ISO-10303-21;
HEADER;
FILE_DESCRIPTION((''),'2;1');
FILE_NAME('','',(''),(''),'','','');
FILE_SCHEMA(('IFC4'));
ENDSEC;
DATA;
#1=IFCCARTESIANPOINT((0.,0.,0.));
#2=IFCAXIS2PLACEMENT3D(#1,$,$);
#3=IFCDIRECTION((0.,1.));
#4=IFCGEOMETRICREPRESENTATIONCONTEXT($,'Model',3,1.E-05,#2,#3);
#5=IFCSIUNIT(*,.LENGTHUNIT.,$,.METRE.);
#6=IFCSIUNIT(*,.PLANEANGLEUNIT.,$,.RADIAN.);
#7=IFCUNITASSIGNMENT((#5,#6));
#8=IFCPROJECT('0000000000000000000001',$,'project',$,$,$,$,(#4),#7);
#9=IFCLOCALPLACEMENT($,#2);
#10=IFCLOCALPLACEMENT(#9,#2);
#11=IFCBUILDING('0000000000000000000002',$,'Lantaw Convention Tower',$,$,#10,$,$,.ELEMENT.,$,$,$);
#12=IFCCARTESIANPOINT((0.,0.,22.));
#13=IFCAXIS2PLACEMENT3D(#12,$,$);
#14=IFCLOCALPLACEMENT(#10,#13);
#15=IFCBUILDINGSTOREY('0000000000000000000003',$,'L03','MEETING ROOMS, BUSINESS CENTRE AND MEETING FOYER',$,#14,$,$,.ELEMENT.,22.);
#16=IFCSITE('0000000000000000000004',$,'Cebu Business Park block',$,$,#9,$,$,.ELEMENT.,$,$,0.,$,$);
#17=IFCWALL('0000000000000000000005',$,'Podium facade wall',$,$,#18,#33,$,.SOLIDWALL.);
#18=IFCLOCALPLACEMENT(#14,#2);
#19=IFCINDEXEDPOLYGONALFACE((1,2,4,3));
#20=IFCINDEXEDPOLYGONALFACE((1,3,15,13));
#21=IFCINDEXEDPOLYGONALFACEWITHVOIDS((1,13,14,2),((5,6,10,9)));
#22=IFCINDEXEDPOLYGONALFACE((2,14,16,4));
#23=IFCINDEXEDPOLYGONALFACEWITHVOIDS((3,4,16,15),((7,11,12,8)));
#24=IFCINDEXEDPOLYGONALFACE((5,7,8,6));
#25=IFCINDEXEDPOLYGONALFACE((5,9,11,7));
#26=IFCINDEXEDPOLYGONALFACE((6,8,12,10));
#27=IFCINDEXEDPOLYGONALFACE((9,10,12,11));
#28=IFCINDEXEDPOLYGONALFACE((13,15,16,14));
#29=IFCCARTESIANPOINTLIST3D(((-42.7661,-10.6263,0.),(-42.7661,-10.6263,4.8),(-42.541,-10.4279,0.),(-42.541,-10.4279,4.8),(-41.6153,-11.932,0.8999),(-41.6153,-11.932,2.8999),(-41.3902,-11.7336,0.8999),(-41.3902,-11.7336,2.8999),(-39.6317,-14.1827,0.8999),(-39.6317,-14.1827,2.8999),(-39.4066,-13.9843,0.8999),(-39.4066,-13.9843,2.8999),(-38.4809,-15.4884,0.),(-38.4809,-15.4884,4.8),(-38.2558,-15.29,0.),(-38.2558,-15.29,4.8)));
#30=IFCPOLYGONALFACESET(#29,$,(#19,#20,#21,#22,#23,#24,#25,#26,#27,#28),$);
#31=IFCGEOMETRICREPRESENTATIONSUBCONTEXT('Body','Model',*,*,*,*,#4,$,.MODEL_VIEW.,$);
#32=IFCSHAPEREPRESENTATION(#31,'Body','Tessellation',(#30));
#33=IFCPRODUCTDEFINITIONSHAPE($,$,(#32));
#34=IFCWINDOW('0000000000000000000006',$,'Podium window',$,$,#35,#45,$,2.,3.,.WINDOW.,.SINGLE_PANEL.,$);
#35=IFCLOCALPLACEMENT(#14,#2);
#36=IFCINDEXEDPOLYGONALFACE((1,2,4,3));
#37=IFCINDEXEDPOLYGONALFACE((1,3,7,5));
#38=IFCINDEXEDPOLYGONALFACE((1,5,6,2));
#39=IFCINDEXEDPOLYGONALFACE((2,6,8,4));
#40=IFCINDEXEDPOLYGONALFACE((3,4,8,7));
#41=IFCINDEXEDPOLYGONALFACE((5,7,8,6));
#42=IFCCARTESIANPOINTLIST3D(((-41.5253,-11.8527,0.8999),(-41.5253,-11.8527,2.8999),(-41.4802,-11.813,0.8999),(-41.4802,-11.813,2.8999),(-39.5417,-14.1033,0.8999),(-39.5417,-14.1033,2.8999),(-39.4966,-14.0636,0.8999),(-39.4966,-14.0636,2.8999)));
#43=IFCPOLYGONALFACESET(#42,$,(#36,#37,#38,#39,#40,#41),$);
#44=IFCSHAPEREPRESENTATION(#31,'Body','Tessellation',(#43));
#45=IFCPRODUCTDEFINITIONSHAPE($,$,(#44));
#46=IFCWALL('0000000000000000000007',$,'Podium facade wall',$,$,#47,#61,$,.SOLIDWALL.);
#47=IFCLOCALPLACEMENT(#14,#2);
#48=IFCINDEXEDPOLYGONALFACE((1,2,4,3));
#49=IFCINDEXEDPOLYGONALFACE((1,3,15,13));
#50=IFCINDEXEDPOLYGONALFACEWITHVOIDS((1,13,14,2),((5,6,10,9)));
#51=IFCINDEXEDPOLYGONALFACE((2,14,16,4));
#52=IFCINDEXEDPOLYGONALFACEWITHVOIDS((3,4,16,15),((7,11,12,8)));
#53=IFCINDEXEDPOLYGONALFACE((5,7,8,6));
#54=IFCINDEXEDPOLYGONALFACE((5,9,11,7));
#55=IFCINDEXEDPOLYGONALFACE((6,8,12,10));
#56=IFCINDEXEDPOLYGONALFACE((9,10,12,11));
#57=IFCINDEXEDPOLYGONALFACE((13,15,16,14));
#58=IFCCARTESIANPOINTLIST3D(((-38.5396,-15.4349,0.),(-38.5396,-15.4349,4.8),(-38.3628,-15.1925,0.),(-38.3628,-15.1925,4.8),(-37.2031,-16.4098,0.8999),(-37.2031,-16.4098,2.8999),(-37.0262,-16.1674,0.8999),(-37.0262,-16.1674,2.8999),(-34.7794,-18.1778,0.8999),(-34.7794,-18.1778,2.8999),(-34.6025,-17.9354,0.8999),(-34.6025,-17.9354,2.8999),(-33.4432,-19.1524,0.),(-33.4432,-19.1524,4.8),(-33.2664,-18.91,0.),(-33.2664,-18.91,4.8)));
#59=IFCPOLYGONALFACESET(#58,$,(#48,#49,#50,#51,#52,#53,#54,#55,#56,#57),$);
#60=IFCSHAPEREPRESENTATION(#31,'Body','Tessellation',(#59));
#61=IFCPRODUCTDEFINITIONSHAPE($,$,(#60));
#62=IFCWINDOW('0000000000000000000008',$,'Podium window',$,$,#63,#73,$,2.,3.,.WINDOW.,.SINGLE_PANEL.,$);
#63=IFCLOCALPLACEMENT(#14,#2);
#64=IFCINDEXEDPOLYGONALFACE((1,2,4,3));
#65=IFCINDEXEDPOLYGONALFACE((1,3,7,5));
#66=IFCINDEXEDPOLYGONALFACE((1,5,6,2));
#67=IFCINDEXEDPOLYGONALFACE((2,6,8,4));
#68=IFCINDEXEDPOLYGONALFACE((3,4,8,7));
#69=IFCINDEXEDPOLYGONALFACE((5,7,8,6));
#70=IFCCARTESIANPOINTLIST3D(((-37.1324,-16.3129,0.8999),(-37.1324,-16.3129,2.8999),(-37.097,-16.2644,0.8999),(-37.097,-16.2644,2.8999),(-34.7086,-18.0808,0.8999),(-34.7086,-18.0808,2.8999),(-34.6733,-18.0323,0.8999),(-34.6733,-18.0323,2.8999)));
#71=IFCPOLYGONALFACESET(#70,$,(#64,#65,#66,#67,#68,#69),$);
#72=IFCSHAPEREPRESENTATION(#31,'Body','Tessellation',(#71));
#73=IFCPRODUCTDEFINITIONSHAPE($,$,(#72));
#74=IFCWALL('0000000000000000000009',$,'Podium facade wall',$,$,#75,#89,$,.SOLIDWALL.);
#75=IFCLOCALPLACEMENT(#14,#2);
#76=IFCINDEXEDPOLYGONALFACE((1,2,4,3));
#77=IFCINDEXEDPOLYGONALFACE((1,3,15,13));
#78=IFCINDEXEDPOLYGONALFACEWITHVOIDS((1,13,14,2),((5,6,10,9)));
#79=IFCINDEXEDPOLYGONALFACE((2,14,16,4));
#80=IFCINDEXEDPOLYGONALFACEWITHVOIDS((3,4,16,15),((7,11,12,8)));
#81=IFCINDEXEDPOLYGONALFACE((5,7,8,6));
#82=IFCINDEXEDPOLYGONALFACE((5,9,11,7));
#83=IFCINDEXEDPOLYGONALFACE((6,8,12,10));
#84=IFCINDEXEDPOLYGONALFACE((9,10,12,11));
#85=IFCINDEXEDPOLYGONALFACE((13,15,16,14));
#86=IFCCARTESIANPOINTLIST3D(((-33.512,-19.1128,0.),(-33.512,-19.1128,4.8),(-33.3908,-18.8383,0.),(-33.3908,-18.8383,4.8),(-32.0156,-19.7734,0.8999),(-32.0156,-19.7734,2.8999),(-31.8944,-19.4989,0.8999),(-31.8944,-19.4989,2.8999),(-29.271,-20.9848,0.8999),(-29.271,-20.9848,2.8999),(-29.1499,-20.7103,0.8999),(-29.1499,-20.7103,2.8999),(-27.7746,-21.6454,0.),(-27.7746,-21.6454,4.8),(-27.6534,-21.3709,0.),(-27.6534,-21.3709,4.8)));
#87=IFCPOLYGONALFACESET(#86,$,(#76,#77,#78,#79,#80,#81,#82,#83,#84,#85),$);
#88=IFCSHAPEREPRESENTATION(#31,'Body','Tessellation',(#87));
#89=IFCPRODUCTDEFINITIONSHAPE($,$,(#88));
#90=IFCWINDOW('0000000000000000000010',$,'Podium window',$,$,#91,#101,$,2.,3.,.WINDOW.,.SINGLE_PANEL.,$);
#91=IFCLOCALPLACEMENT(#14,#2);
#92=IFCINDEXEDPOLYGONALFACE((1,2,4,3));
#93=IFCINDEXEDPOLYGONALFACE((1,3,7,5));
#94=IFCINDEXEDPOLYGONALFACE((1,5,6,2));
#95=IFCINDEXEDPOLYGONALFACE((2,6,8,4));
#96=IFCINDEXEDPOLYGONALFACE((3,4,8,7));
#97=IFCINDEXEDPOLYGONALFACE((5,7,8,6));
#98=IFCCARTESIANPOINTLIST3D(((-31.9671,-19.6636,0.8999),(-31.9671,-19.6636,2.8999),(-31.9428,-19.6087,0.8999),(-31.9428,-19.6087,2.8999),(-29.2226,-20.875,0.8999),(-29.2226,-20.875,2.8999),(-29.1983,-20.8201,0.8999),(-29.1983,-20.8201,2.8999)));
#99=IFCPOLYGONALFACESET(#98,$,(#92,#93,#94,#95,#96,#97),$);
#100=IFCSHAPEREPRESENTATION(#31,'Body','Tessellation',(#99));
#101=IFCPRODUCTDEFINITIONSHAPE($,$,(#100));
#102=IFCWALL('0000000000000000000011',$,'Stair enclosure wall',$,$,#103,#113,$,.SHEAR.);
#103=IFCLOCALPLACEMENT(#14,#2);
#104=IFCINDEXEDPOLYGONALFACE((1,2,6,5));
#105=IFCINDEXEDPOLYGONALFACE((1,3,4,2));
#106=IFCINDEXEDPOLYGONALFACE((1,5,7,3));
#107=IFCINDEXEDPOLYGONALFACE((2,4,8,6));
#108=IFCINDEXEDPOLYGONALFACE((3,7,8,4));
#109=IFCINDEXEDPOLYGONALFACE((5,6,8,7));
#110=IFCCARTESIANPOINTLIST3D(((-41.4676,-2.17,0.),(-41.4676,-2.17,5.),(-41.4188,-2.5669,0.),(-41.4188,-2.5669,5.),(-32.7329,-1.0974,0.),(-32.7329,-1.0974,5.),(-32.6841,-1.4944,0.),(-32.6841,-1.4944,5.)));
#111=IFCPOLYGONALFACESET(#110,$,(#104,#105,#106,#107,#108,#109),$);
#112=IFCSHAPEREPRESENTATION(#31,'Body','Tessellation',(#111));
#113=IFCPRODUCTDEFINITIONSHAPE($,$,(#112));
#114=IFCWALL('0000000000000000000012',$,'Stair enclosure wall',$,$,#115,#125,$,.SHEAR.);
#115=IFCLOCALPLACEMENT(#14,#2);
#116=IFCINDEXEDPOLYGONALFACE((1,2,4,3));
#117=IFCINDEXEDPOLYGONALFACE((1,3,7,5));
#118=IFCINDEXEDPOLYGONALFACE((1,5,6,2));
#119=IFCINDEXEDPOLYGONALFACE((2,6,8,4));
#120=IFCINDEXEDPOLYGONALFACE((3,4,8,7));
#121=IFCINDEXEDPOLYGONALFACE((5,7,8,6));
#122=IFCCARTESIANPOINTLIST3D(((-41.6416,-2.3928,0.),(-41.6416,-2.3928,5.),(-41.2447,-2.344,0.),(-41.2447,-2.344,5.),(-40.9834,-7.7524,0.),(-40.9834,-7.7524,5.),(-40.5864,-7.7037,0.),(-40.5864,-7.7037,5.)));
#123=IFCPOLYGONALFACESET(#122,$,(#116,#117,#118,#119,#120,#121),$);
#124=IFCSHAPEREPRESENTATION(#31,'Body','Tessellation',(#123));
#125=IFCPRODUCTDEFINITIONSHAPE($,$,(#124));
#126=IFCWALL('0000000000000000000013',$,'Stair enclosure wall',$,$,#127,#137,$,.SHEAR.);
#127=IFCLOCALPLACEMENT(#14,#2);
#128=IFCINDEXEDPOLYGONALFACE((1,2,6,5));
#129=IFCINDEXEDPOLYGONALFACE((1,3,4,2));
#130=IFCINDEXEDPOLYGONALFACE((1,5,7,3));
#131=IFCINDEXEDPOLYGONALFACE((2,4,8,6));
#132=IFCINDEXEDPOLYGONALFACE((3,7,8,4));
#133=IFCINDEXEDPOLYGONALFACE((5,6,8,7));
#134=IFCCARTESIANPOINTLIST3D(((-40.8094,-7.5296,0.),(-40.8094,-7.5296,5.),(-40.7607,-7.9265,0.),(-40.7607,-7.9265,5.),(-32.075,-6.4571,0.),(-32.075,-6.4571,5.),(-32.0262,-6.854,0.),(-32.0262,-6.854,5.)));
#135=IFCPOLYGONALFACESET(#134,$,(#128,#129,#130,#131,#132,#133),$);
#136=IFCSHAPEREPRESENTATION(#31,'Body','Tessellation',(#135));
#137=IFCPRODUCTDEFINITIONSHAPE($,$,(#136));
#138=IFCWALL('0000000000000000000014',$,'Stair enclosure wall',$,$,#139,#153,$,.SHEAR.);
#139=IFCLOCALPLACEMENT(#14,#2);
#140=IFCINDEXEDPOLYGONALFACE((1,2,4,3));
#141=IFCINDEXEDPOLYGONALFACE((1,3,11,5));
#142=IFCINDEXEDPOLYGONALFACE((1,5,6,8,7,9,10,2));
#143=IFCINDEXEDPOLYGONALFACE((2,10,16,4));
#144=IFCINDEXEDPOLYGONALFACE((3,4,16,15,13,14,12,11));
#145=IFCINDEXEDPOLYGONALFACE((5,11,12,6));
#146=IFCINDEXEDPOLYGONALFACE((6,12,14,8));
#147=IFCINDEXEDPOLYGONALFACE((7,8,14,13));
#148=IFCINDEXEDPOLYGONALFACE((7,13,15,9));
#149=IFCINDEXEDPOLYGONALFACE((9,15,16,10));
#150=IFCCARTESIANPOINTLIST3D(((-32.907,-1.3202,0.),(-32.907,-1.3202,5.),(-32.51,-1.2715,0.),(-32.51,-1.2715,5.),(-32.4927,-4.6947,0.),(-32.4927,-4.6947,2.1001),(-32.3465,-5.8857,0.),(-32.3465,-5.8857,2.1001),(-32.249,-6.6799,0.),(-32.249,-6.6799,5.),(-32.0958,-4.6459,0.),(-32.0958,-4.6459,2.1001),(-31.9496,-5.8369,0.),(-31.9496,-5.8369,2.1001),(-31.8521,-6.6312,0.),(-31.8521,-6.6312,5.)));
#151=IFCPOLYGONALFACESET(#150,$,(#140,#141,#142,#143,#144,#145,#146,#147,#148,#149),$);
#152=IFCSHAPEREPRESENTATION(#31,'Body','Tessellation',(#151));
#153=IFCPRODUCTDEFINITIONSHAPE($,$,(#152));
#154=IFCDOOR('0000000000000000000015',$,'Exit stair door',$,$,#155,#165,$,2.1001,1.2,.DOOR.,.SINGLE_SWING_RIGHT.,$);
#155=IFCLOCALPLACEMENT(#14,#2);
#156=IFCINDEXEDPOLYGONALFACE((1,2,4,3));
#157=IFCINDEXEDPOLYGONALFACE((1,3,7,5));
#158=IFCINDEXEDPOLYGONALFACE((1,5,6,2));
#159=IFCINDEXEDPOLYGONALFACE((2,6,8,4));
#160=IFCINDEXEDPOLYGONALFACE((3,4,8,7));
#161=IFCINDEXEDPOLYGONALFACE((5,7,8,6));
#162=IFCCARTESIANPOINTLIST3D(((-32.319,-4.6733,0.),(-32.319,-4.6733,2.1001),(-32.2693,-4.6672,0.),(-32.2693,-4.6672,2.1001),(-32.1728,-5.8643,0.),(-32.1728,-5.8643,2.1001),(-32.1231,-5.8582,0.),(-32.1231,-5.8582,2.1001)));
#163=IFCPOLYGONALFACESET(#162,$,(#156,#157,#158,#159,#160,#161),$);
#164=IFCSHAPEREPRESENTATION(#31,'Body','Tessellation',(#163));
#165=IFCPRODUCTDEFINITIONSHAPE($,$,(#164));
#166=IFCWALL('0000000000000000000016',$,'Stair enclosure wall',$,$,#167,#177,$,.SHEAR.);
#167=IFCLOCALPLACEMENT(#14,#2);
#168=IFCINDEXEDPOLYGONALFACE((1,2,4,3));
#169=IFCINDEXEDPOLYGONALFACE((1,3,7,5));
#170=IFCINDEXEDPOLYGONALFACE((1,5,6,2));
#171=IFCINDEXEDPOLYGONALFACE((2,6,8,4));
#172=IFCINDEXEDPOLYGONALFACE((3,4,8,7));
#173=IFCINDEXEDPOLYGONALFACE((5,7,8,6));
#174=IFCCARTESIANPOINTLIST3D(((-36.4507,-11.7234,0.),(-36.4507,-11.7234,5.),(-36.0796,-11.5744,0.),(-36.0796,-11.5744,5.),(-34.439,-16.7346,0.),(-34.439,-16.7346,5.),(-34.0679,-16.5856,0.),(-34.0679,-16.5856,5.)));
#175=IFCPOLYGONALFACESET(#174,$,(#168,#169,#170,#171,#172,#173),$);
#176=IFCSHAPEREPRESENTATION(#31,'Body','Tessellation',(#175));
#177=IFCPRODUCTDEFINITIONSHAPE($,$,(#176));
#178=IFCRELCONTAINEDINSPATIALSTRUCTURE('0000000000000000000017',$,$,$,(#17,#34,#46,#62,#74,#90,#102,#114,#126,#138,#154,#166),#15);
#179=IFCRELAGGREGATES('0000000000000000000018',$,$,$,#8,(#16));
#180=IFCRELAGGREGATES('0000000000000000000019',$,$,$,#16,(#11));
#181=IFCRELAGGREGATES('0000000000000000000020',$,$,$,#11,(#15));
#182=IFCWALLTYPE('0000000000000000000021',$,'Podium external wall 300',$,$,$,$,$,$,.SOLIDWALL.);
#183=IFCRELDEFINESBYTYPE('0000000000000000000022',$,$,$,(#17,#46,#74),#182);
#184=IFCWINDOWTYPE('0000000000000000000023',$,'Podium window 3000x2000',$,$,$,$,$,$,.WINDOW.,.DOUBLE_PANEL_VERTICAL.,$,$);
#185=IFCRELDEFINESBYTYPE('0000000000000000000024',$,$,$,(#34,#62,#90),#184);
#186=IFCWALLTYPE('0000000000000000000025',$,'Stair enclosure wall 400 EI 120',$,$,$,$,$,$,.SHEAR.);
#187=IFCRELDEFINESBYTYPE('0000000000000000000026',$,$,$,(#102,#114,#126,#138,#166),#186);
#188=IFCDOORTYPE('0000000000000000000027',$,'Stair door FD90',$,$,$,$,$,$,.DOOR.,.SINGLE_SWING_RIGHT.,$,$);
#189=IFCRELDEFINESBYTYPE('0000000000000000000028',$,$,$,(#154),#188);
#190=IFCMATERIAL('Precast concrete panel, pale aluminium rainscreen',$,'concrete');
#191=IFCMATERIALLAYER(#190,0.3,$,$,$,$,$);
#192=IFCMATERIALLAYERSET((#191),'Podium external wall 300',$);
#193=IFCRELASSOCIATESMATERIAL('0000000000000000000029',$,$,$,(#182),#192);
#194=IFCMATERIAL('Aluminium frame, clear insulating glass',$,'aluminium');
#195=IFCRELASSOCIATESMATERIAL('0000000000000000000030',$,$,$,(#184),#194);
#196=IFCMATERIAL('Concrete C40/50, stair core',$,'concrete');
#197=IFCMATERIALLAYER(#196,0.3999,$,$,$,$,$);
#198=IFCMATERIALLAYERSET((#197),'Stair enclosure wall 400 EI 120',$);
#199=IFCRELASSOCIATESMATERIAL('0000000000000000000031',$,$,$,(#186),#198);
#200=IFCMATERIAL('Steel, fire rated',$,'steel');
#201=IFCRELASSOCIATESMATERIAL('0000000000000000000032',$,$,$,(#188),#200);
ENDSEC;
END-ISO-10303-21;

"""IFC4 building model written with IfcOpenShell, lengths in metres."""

from ifc_helpers import new_model, si_unit, direction, frame, frame_2d, origin, place, context, subcontext, project, spatial, rectangle, extrude, material, layer, layer_set, type_object, element, fill, save


model = new_model("IFC4")

# Units and contexts
model_context = context("Model", 3, precision=1e-05, world=origin(), true_north=direction((0.0, 1.0)))
body_context = subcontext(model_context, "Body", "Model", "MODEL_VIEW")
ifc_project = project(units=[si_unit("LENGTHUNIT", "METRE"), si_unit("PLANEANGLEUNIT", "RADIAN")], contexts=[model_context])

# Site, building, storey
site_placement = place(None, origin())
site = spatial("IfcSite", under=ifc_project, at=site_placement, Name="Cebu Business Park block", CompositionType="ELEMENT", RefElevation=0.0)
building_placement = place(site_placement, origin())
building = spatial("IfcBuilding", under=site, at=building_placement, Name="Lantaw Convention Tower", CompositionType="ELEMENT")
storey_placement = place(building_placement, frame((0.0, 0.0, 22.0)))
storey = spatial("IfcBuildingStorey", under=building, at=storey_placement, Name="L03", Description="MEETING ROOMS, BUSINESS CENTRE AND MEETING FOYER", CompositionType="ELEMENT", Elevation=22.0)

# Walls, openings, windows
ifc_material_1 = material(Name="Precast concrete panel, pale aluminium rainscreen", Category="concrete")
ifc_layer_1 = layer(ifc_material_1, 0.3)
ifc_layer_set_1 = layer_set([ifc_layer_1], Name="Podium external wall 300")
wall_type_1 = type_object("IfcWallType", Name="Podium external wall 300", PredefinedType="SOLIDWALL", material=ifc_layer_set_1)
ifc_material_2 = material(Name="Aluminium frame, clear insulating glass", Category="aluminium")
window_type = type_object("IfcWindowType", Name="Podium window 3000x2000", PartitioningType="DOUBLE_PANEL_VERTICAL", PredefinedType="WINDOW", material=ifc_material_2)
wall_1_placement = place(storey_placement, frame((-42.6536, -10.5271, 0.0), z_axis=(0.0, 0.0, 1.0), x_axis=(0.661197, -0.750213, 0.0)))
wall_1 = element("IfcWall", 1, at=wall_1_placement, inside=storey, type_object=wall_type_1, Name="Podium facade wall", PredefinedType="SOLIDWALL", context=body_context, shape_type="SweptSolid", body=[
    extrude(rectangle(XDim=6.481, YDim=0.3, at=frame_2d((3.2405, 0.0))), origin(), (0.0, 0.0, 1.0), 4.8),
])
opening_1_placement = place(wall_1_placement, frame((1.7405, 0.0, 0.8999)))
opening_1 = element("IfcOpeningElement", 2, at=opening_1_placement, cuts=wall_1, PredefinedType="OPENING", context=body_context, shape_type="SweptSolid", body=[
    extrude(rectangle(XDim=3.0, YDim=2.0, at=frame_2d((1.5, 1.0))), frame((0.0, 0.1599, 0.0), z_axis=(0.0, -1.0, 0.0), x_axis=(1.0, 0.0, 0.0)), (0.0, 0.0, 1.0), 0.3201),
])
window_1_placement = place(opening_1_placement, origin())
window_1 = element("IfcWindow", 3, at=window_1_placement, inside=storey, type_object=window_type, Name="Podium window", OverallHeight=2.0, OverallWidth=3.0, PartitioningType="SINGLE_PANEL", PredefinedType="WINDOW", context=body_context, shape_type="SweptSolid", body=[
    extrude(rectangle(XDim=3.0, YDim=2.0, at=frame_2d((1.5, 1.0))), frame((0.0, 0.03, 0.0), z_axis=(0.0, -1.0, 0.0), x_axis=(1.0, 0.0, 0.0)), (0.0, 0.0, 1.0), 0.0601),
])
fill(opening_1, window_1)
wall_2_placement = place(storey_placement, frame((-38.4512, -15.3137, 0.0), z_axis=(0.0, 0.0, 1.0), x_axis=(0.807903, -0.589315, 0.0)))
wall_2 = element("IfcWall", 4, at=wall_2_placement, inside=storey, type_object=wall_type_1, Name="Podium facade wall", PredefinedType="SOLIDWALL", context=body_context, shape_type="SweptSolid", body=[
    extrude(rectangle(XDim=6.3081, YDim=0.3, at=frame_2d((3.1541, 0.0))), origin(), (0.0, 0.0, 1.0), 4.8),
])
opening_2_placement = place(wall_2_placement, frame((1.6543, 0.0, 0.8999)))
opening_2 = element("IfcOpeningElement", 5, at=opening_2_placement, cuts=wall_2, PredefinedType="OPENING", context=body_context, shape_type="SweptSolid", body=[
    extrude(rectangle(XDim=3.0, YDim=2.0, at=frame_2d((1.5, 1.0))), frame((0.0, 0.1599, 0.0), z_axis=(0.0, -1.0, 0.0), x_axis=(1.0, 0.0, 0.0)), (0.0, 0.0, 1.0), 0.3201),
])
window_2_placement = place(opening_2_placement, origin())
window_2 = element("IfcWindow", 6, at=window_2_placement, inside=storey, type_object=window_type, Name="Podium window", OverallHeight=2.0, OverallWidth=3.0, PartitioningType="SINGLE_PANEL", PredefinedType="WINDOW", context=body_context, shape_type="SweptSolid", body=[
    extrude(rectangle(XDim=3.0, YDim=2.0, at=frame_2d((1.5, 1.0))), frame((0.0, 0.03, 0.0), z_axis=(0.0, -1.0, 0.0), x_axis=(1.0, 0.0, 0.0)), (0.0, 0.0, 1.0), 0.0601),
])
fill(opening_2, window_2)
wall_3_placement = place(storey_placement, frame((-33.4514, -18.9756, 0.0), z_axis=(0.0, 0.0, 1.0), x_axis=(0.914841, -0.403815, 0.0)))
wall_3 = element("IfcWall", 7, at=wall_3_placement, inside=storey, type_object=wall_type_1, Name="Podium facade wall", PredefinedType="SOLIDWALL", context=body_context, shape_type="SweptSolid", body=[
    extrude(rectangle(XDim=6.2715, YDim=0.3, at=frame_2d((3.1357, 0.0))), origin(), (0.0, 0.0, 1.0), 4.8),
])
opening_3_placement = place(wall_3_placement, frame((1.6357, 0.0, 0.8999)))
opening_3 = element("IfcOpeningElement", 8, at=opening_3_placement, cuts=wall_3, PredefinedType="OPENING", context=body_context, shape_type="SweptSolid", body=[
    extrude(rectangle(XDim=3.0, YDim=2.0, at=frame_2d((1.5, 1.0))), frame((0.0, 0.1599, 0.0), z_axis=(0.0, -1.0, 0.0), x_axis=(1.0, 0.0, 0.0)), (0.0, 0.0, 1.0), 0.3201),
])
window_3_placement = place(opening_3_placement, origin())
window_3 = element("IfcWindow", 9, at=window_3_placement, inside=storey, type_object=window_type, Name="Podium window", OverallHeight=2.0, OverallWidth=3.0, PartitioningType="SINGLE_PANEL", PredefinedType="WINDOW", context=body_context, shape_type="SweptSolid", body=[
    extrude(rectangle(XDim=3.0, YDim=2.0, at=frame_2d((1.5, 1.0))), frame((0.0, 0.03, 0.0), z_axis=(0.0, -1.0, 0.0), x_axis=(1.0, 0.0, 0.0)), (0.0, 0.0, 1.0), 0.0601),
])
fill(opening_3, window_3)

# Walls
ifc_material_3 = material(Name="Concrete C40/50, stair core", Category="concrete")
ifc_layer_2 = layer(ifc_material_3, 0.3999)
ifc_layer_set_2 = layer_set([ifc_layer_2], Name="Stair enclosure wall 400 EI 120")
wall_type_2 = type_object("IfcWallType", Name="Stair enclosure wall 400 EI 120", PredefinedType="SHEAR", material=ifc_layer_set_2)
wall_4_placement = place(storey_placement, frame((-32.7085, -1.2959, 0.0), z_axis=(0.0, 0.0, 1.0), x_axis=(-0.992546, -0.121873, 0.0)))
element("IfcWall", 10, at=wall_4_placement, inside=storey, type_object=wall_type_2, Name="Stair enclosure wall", PredefinedType="SHEAR", context=body_context, shape_type="SweptSolid", body=[
    extrude(rectangle(XDim=8.8003, YDim=0.3999, at=frame_2d((4.4001, 0.0))), origin(), (0.0, 0.0, 1.0), 5.0),
])
wall_5_placement = place(storey_placement, frame((-41.4431, -2.3684, 0.0), z_axis=(0.0, 0.0, 1.0), x_axis=(0.121892, -0.992543, 0.0)))
element("IfcWall", 11, at=wall_5_placement, inside=storey, type_object=wall_type_2, Name="Stair enclosure wall", PredefinedType="SHEAR", context=body_context, shape_type="SweptSolid", body=[
    extrude(rectangle(XDim=5.3999, YDim=0.3999, at=frame_2d((2.7, 0.0))), origin(), (0.0, 0.0, 1.0), 5.0),
])
wall_6_placement = place(storey_placement, frame((-40.7849, -7.728, 0.0), z_axis=(0.0, 0.0, 1.0), x_axis=(0.992545, 0.121876, 0.0)))
element("IfcWall", 12, at=wall_6_placement, inside=storey, type_object=wall_type_2, Name="Stair enclosure wall", PredefinedType="SHEAR", context=body_context, shape_type="SweptSolid", body=[
    extrude(rectangle(XDim=8.8, YDim=0.3999, at=frame_2d((4.3999, 0.0))), origin(), (0.0, 0.0, 1.0), 5.0),
])

# Wall, opening, door
wall_7_placement = place(storey_placement, frame((-32.0505, -6.6555, 0.0), z_axis=(0.0, 0.0, 1.0), x_axis=(-0.121848, 0.992549, 0.0)))
wall_7 = element("IfcWall", 13, at=wall_7_placement, inside=storey, type_object=wall_type_2, Name="Stair enclosure wall", PredefinedType="SHEAR", context=body_context, shape_type="SweptSolid", body=[
    extrude(rectangle(XDim=5.3999, YDim=0.3999, at=frame_2d((2.7, 0.0))), origin(), (0.0, 0.0, 1.0), 5.0),
])
opening_4_placement = place(wall_7_placement, frame((0.8, 0.0, 0.0)))
opening_4 = element("IfcOpeningElement", 14, at=opening_4_placement, cuts=wall_7, PredefinedType="OPENING", context=body_context, shape_type="SweptSolid", body=[
    extrude(rectangle(XDim=1.2, YDim=2.1001, at=frame_2d((0.6001, 1.05))), frame((0.0, 0.21, 0.0), z_axis=(0.0, -1.0, 0.0), x_axis=(1.0, 0.0, 0.0)), (0.0, 0.0, 1.0), 0.4199),
])
ifc_material_4 = material(Name="Steel, fire rated", Category="steel")
door_type = type_object("IfcDoorType", Name="Stair door FD90", OperationType="SINGLE_SWING_RIGHT", PredefinedType="DOOR", material=ifc_material_4)
door_placement = place(opening_4_placement, origin())
door = element("IfcDoor", 15, at=door_placement, inside=storey, type_object=door_type, Name="Exit stair door", OperationType="SINGLE_SWING_RIGHT", OverallHeight=2.1001, OverallWidth=1.2, PredefinedType="DOOR", context=body_context, shape_type="SweptSolid", body=[
    extrude(rectangle(XDim=1.2, YDim=2.1001, at=frame_2d((0.6001, 1.05))), frame((0.0, 0.0249, 0.0), z_axis=(0.0, -1.0, 0.0), x_axis=(1.0, 0.0, 0.0)), (0.0, 0.0, 1.0), 0.05),
])
fill(opening_4, door)

# Wall
wall_8_placement = place(storey_placement, frame((-36.2651, -11.6489, 0.0), z_axis=(0.0, 0.0, 1.0), x_axis=(0.372544, -0.928015, 0.0)))
element("IfcWall", 16, at=wall_8_placement, inside=storey, type_object=wall_type_2, Name="Stair enclosure wall", PredefinedType="SHEAR", context=body_context, shape_type="SweptSolid", body=[
    extrude(rectangle(XDim=5.3999, YDim=0.3999, at=frame_2d((2.7, 0.0))), origin(), (0.0, 0.0, 1.0), 5.0),
])

save(model, "model.ifc")
